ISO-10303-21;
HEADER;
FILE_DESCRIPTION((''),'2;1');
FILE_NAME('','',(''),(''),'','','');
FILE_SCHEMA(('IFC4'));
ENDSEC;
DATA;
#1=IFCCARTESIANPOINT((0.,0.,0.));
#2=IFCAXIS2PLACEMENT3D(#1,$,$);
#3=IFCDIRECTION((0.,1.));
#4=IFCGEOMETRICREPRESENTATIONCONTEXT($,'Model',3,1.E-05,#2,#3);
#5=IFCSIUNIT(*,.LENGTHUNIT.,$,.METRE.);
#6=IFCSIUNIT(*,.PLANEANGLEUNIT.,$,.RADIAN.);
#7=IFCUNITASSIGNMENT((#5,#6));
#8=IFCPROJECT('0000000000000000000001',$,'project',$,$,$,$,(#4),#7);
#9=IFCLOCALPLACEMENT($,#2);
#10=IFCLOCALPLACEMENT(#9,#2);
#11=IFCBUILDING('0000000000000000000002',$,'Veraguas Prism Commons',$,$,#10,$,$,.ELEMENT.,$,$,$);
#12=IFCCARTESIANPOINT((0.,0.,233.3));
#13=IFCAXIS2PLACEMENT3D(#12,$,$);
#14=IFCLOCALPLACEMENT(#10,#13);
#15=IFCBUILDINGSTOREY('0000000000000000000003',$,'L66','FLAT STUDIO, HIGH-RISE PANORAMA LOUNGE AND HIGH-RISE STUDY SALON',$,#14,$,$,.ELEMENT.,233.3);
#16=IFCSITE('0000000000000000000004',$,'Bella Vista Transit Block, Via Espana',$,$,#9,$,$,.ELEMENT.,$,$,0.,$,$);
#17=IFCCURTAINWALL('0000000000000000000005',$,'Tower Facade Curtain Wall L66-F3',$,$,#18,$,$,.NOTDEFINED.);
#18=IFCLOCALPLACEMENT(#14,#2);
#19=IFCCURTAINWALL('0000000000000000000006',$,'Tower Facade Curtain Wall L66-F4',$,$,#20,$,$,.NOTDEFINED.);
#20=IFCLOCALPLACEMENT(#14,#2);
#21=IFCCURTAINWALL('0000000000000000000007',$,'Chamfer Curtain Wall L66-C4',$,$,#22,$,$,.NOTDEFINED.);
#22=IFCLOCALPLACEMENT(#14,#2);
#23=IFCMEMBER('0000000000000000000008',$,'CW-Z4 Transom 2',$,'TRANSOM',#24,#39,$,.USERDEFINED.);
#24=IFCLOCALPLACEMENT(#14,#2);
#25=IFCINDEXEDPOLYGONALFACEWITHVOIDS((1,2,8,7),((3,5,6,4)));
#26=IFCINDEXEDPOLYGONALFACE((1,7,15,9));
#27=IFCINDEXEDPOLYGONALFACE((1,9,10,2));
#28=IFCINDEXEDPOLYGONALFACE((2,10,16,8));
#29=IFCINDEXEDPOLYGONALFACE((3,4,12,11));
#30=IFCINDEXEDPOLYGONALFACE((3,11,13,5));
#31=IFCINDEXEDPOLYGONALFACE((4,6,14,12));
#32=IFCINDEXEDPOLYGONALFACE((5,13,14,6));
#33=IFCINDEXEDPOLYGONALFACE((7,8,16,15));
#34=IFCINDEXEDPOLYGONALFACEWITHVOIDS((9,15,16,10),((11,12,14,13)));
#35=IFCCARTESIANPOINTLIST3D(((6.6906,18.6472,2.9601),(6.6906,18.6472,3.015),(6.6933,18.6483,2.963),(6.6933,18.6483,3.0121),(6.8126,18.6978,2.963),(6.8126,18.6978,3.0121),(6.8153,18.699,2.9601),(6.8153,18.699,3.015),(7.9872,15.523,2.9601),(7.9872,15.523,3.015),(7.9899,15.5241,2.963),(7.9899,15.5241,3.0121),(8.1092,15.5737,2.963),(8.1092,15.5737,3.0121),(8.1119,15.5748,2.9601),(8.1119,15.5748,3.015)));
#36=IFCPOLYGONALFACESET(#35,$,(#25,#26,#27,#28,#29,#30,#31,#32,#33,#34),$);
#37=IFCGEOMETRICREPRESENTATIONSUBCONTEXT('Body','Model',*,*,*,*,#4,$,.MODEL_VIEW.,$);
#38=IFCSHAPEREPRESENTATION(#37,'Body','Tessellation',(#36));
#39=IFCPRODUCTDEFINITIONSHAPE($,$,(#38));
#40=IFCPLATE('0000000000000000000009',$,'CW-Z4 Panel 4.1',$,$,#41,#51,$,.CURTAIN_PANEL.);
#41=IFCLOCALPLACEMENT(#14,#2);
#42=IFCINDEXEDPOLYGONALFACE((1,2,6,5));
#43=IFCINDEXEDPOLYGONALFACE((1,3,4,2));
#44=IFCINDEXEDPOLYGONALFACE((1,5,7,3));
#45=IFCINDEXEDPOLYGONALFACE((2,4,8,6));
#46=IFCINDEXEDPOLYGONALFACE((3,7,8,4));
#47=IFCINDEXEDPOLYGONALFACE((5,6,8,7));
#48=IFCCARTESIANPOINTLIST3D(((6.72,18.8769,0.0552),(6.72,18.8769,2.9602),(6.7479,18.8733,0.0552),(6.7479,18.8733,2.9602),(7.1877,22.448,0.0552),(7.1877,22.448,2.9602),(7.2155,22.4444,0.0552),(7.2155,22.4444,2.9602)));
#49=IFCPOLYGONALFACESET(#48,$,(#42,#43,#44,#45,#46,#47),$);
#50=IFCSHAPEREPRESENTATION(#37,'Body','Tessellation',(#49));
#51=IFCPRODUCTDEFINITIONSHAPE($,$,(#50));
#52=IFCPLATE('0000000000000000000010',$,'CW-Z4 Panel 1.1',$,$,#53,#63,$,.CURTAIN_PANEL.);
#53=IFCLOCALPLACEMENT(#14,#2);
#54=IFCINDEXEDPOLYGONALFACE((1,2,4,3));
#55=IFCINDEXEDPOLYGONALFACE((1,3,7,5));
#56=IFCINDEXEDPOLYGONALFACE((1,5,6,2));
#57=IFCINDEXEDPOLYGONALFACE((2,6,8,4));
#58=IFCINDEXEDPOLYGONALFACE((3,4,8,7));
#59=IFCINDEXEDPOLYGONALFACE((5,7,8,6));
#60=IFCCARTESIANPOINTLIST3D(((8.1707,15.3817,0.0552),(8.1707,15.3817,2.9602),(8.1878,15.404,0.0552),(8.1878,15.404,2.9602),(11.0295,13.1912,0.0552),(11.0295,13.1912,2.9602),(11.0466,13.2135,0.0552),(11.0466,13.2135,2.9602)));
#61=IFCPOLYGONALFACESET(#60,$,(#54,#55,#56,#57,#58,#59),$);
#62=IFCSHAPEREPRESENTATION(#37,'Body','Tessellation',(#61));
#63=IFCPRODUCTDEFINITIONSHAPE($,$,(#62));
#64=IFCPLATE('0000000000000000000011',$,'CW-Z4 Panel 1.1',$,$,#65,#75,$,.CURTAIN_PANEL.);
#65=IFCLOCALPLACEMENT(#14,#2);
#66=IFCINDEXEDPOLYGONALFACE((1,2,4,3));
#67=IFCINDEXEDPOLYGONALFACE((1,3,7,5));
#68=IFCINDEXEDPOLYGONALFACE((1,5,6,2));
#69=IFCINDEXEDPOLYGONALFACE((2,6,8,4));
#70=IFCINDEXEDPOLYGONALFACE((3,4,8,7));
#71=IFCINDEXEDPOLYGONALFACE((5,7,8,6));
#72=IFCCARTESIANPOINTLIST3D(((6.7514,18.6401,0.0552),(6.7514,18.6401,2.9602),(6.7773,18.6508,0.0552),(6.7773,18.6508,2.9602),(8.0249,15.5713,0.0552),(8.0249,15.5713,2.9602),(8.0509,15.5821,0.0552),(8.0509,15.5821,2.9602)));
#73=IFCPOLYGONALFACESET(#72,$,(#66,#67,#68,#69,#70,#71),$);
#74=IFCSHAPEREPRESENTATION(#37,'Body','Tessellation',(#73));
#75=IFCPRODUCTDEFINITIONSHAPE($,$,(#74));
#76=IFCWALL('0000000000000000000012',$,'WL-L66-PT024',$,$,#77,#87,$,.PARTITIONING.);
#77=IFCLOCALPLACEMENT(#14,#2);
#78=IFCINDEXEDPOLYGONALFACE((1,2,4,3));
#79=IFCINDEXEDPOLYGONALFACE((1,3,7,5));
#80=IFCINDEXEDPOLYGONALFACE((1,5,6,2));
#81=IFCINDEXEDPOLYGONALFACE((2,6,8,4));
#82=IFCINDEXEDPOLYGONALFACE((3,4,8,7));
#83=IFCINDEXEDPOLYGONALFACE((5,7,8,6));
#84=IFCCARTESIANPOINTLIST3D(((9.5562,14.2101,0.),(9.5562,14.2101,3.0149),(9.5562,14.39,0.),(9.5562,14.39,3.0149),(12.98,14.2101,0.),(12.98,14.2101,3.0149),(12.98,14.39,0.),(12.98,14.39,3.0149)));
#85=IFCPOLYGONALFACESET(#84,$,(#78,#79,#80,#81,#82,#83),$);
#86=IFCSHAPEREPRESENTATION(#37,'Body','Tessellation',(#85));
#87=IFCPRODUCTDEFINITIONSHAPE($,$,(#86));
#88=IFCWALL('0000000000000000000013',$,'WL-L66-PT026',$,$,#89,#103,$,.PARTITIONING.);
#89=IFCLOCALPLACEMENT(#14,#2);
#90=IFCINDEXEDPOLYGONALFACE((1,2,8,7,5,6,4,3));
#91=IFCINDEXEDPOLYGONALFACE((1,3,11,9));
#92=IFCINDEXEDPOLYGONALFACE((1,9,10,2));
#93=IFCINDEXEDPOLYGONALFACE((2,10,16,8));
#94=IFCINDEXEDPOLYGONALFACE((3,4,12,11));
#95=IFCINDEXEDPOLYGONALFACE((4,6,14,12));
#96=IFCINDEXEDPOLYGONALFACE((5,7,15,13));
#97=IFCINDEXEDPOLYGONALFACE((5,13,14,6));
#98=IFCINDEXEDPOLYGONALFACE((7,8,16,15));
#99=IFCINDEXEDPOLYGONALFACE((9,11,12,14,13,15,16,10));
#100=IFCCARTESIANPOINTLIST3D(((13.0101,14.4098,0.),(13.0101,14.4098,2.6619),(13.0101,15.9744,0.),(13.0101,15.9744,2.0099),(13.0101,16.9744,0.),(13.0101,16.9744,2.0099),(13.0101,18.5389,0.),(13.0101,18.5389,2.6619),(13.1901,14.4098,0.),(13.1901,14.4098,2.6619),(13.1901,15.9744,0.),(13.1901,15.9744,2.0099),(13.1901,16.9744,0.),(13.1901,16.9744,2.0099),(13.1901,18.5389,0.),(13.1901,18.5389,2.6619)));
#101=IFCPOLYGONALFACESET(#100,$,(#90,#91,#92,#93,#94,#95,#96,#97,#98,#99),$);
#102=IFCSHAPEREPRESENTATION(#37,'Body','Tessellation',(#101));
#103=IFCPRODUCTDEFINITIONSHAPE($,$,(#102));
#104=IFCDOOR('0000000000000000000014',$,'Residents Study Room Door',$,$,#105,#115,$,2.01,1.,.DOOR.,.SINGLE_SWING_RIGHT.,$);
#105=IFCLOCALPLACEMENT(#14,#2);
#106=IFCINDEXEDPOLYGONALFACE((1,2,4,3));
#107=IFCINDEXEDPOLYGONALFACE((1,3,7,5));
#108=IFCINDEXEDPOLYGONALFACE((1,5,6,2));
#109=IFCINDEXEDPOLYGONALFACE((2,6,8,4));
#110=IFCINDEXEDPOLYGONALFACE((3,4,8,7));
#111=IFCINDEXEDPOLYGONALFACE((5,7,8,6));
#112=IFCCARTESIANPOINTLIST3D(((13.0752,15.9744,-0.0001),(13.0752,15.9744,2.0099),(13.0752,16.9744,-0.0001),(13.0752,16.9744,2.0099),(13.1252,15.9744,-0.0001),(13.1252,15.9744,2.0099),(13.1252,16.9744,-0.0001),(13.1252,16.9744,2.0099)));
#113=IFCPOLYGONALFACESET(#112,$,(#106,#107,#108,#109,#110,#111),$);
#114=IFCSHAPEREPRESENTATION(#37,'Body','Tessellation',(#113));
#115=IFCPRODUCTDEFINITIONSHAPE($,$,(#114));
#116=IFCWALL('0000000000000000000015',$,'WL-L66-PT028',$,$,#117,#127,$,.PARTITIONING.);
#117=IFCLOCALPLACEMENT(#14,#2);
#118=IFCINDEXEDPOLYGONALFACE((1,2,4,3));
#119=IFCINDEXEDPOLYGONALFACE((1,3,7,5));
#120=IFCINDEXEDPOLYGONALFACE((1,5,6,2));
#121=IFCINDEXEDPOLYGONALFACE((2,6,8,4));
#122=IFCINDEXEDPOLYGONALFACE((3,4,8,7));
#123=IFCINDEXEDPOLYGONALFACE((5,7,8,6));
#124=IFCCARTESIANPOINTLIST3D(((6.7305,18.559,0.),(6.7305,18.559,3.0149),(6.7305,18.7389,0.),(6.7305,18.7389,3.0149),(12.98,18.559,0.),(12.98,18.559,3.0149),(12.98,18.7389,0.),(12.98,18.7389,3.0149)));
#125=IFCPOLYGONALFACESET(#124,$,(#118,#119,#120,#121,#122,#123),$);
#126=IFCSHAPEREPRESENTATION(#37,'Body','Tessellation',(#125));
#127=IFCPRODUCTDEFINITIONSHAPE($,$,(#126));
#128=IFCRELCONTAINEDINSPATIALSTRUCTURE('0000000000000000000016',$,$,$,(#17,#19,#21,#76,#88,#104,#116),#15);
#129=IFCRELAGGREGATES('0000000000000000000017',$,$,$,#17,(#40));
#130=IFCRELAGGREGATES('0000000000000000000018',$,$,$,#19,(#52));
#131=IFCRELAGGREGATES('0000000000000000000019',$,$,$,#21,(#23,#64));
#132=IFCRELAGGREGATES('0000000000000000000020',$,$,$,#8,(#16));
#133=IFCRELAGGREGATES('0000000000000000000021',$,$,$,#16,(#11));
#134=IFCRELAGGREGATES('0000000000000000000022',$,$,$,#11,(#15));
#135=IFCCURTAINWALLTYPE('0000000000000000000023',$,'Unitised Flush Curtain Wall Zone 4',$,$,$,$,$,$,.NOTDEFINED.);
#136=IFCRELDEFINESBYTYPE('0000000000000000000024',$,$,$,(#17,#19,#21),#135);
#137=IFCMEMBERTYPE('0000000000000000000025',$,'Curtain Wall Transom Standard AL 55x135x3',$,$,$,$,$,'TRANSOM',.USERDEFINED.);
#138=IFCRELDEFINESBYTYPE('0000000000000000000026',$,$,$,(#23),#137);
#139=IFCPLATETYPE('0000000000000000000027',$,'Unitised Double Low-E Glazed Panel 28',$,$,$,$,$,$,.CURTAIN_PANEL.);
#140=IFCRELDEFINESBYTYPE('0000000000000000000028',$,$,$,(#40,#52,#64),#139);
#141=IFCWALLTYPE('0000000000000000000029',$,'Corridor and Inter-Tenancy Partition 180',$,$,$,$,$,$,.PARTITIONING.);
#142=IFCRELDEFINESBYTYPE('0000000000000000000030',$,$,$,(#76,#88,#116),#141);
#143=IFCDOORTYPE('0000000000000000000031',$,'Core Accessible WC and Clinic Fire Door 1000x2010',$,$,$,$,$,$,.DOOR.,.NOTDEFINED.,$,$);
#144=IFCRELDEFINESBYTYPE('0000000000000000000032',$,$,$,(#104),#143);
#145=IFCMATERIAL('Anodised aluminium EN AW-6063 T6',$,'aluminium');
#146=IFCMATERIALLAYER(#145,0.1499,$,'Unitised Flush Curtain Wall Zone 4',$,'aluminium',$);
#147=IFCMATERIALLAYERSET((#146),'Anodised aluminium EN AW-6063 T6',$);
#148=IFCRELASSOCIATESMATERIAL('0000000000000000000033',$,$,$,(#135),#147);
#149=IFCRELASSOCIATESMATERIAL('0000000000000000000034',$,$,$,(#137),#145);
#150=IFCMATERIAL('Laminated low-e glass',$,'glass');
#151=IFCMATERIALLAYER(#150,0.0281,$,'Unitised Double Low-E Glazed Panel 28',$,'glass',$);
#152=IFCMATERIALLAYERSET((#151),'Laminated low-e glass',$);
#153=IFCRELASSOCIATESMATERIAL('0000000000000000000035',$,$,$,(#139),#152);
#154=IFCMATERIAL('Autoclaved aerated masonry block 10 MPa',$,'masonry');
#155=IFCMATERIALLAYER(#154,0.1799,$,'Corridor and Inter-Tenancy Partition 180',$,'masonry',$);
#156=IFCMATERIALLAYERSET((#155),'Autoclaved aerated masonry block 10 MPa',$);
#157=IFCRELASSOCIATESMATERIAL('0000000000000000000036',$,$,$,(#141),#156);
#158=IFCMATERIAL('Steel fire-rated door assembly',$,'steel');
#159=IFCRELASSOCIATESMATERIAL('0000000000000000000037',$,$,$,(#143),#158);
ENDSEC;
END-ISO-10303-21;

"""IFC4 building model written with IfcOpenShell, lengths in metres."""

from ifc_helpers import new_model, si_unit, direction, frame, frame_2d, origin, origin_2d, place, context, subcontext, project, spatial, rectangle, hollow_rectangle, extrude, source, transform, mapped, material, layer, layer_set, material_profile, profile_set, type_object, element, fill, aggregate, save


model = new_model("IFC4")

# Units and contexts
model_context = context("Model", 3, precision=1e-05, world=origin(), true_north=direction((0.0, 1.0)))
body_context = subcontext(model_context, "Body", "Model", "MODEL_VIEW")
ifc_project = project(units=[si_unit("LENGTHUNIT", "METRE"), si_unit("PLANEANGLEUNIT", "RADIAN")], contexts=[model_context])

# Site, building, storey
site_placement = place(None, origin())
site = spatial("IfcSite", under=ifc_project, at=site_placement, Name="Bella Vista Transit Block, Via Espana", CompositionType="ELEMENT", RefElevation=0.0)
building_placement = place(site_placement, origin())
building = spatial("IfcBuilding", under=site, at=building_placement, Name="Veraguas Prism Commons", CompositionType="ELEMENT")
storey_placement = place(building_placement, frame((0.0, 0.0, 233.3)))
storey = spatial("IfcBuildingStorey", under=building, at=storey_placement, Name="L66", Description="FLAT STUDIO, HIGH-RISE PANORAMA LOUNGE AND HIGH-RISE STUDY SALON", CompositionType="ELEMENT", Elevation=233.3)

# Curtain walls
ifc_material_1 = material(Name="Anodised aluminium EN AW-6063 T6", Category="aluminium")
ifc_layer_1 = layer(ifc_material_1, 0.1499, Name="Unitised Flush Curtain Wall Zone 4", Category="aluminium")
ifc_layer_set_1 = layer_set([ifc_layer_1], Name="Anodised aluminium EN AW-6063 T6")
curtain_wall_type = type_object("IfcCurtainWallType", Name="Unitised Flush Curtain Wall Zone 4", PredefinedType="NOTDEFINED", material=ifc_layer_set_1)
curtain_wall_1_placement = place(storey_placement, origin())
curtain_wall_1 = element("IfcCurtainWall", 1, at=curtain_wall_1_placement, inside=storey, type_object=curtain_wall_type, Name="Tower Facade Curtain Wall L66-F3", PredefinedType="NOTDEFINED")
curtain_wall_2_placement = place(storey_placement, origin())
curtain_wall_2 = element("IfcCurtainWall", 2, at=curtain_wall_2_placement, inside=storey, type_object=curtain_wall_type, Name="Tower Facade Curtain Wall L66-F4", PredefinedType="NOTDEFINED")

# Curtain wall
curtain_wall_3_placement = place(storey_placement, origin())
curtain_wall_3 = element("IfcCurtainWall", 3, at=curtain_wall_3_placement, inside=storey, type_object=curtain_wall_type, Name="Chamfer Curtain Wall L66-C4", PredefinedType="NOTDEFINED")

# Member
ifc_material_profile_1 = material_profile(ifc_material_1, hollow_rectangle(XDim=0.0549, YDim=0.135, WallThickness=0.0029, at=origin_2d()), Name="AL55X135X3")
ifc_profile_set_1 = profile_set([ifc_material_profile_1], Name="Anodised aluminium EN AW-6063 T6")
member_type_1 = type_object("IfcMemberType", Name="Curtain Wall Transom Standard AL 55x135x3", ElementType="TRANSOM", PredefinedType="USERDEFINED", material=ifc_profile_set_1)
shared_shape_1 = source(origin(), body_context, "Body", "SweptSolid", [
    extrude(hollow_rectangle(XDim=0.0549, YDim=0.135, WallThickness=0.0029, at=origin_2d()), origin(), (0.0, 0.0, 1.0), 3.3826),
])
member_1_placement = place(storey_placement, frame((6.7529, 18.6731, 2.9875), z_axis=(0.383318, -0.923616, 0.0), x_axis=(0.0, 0.0, 1.0)))
member_1 = element("IfcMember", 4, at=member_1_placement, type_object=member_type_1, Name="CW-Z4 Transom 2", ObjectType="TRANSOM", PredefinedType="USERDEFINED", context=body_context, shape_type="MappedRepresentation", body=[
    mapped(shared_shape_1, transform((0.0, 0.0, 0.0), scale=1.0)),
])

# Plates
ifc_material_2 = material(Name="Laminated low-e glass", Category="glass")
ifc_layer_2 = layer(ifc_material_2, 0.0281, Name="Unitised Double Low-E Glazed Panel 28", Category="glass")
ifc_layer_set_2 = layer_set([ifc_layer_2], Name="Laminated low-e glass")
plate_type = type_object("IfcPlateType", Name="Unitised Double Low-E Glazed Panel 28", PredefinedType="CURTAIN_PANEL", material=ifc_layer_set_2)
shared_shape_2 = source(origin(), body_context, "Body", "SweptSolid", [
    extrude(rectangle(XDim=3.6016, YDim=0.0281, at=origin_2d()), origin(), (0.0, 0.0, 1.0), 2.905),
])
plate_1_placement = place(storey_placement, frame((6.9678, 20.6606, 0.0552), z_axis=(0.0, 0.0, 1.0), x_axis=(-0.129836, -0.991536, 0.0)))
plate_1 = element("IfcPlate", 5, at=plate_1_placement, type_object=plate_type, Name="CW-Z4 Panel 4.1", PredefinedType="CURTAIN_PANEL", context=body_context, shape_type="MappedRepresentation", body=[
    mapped(shared_shape_2, transform((0.0, 0.0, 0.0), scale=1.0)),
])
aggregate(curtain_wall_1, [plate_1])
plate_2_placement = place(storey_placement, frame((9.6086, 14.2976, 0.0552), z_axis=(0.0, 0.0, 1.0), x_axis=(0.79378, -0.608205, 0.0)))
plate_2 = element("IfcPlate", 6, at=plate_2_placement, type_object=plate_type, Name="CW-Z4 Panel 1.1", PredefinedType="CURTAIN_PANEL", context=body_context, shape_type="MappedRepresentation", body=[
    mapped(shared_shape_2, transform((0.0, 0.0, 0.0), scale=1.0)),
])
aggregate(curtain_wall_2, [plate_2])
shared_shape_3 = source(origin(), body_context, "Body", "SweptSolid", [
    extrude(rectangle(XDim=3.3225, YDim=0.0281, at=origin_2d()), origin(), (0.0, 0.0, 1.0), 2.905),
])
plate_3_placement = place(storey_placement, frame((7.4011, 17.1111, 0.0552), z_axis=(0.0, 0.0, 1.0), x_axis=(0.38332, -0.923615, 0.0)))
plate_3 = element("IfcPlate", 7, at=plate_3_placement, type_object=plate_type, Name="CW-Z4 Panel 1.1", PredefinedType="CURTAIN_PANEL", context=body_context, shape_type="MappedRepresentation", body=[
    mapped(shared_shape_3, transform((0.0, 0.0, 0.0), scale=1.0)),
])
aggregate(curtain_wall_3, [member_1, plate_3])

# Wall
ifc_material_3 = material(Name="Autoclaved aerated masonry block 10 MPa", Category="masonry")
ifc_layer_3 = layer(ifc_material_3, 0.1799, Name="Corridor and Inter-Tenancy Partition 180", Category="masonry")
ifc_layer_set_3 = layer_set([ifc_layer_3], Name="Autoclaved aerated masonry block 10 MPa")
wall_type = type_object("IfcWallType", Name="Corridor and Inter-Tenancy Partition 180", PredefinedType="PARTITIONING", material=ifc_layer_set_3)
wall_1_placement = place(storey_placement, frame((12.98, 14.3, 0.0), z_axis=(0.0, 0.0, 1.0), x_axis=(-1.0, 0.0, 0.0)))
element("IfcWall", 8, at=wall_1_placement, inside=storey, type_object=wall_type, Name="WL-L66-PT024", PredefinedType="PARTITIONING", context=body_context, shape_type="SweptSolid", body=[
    extrude(rectangle(XDim=3.4238, YDim=0.1799, at=frame_2d((1.7119, 0.0))), origin(), (0.0, 0.0, 1.0), 3.0149),
])

# Wall, opening, door
wall_2_placement = place(storey_placement, frame((13.1001, 14.4099, 0.0), z_axis=(0.0, 0.0, 1.0), x_axis=(0.0, 1.0, 0.0)))
wall_2 = element("IfcWall", 9, at=wall_2_placement, inside=storey, type_object=wall_type, Name="WL-L66-PT026", PredefinedType="PARTITIONING", context=body_context, shape_type="SweptSolid", body=[
    extrude(rectangle(XDim=4.1292, YDim=0.1799, at=frame_2d((2.0645, 0.0))), origin(), (0.0, 0.0, 1.0), 2.6619),
])
opening_placement = place(wall_2_placement, frame((1.5645, 0.0, 0.0)))
opening = element("IfcOpeningElement", 10, at=opening_placement, cuts=wall_2, PredefinedType="OPENING", context=body_context, shape_type="SweptSolid", body=[
    extrude(rectangle(XDim=1.0, YDim=2.01, at=frame_2d((0.5, 1.0049))), frame((0.0, 0.0999, 0.0), z_axis=(0.0, -1.0, 0.0), x_axis=(1.0, 0.0, 0.0)), (0.0, 0.0, 1.0), 0.2),
])
ifc_material_4 = material(Name="Steel fire-rated door assembly", Category="steel")
door_type = type_object("IfcDoorType", Name="Core Accessible WC and Clinic Fire Door 1000x2010", OperationType="NOTDEFINED", PredefinedType="DOOR", material=ifc_material_4)
shared_shape_4 = source(origin(), body_context, "Body", "SweptSolid", [
    extrude(rectangle(XDim=1.0, YDim=2.01, at=frame_2d((0.5, 1.0049))), frame((0.0, 0.0249, 0.0), z_axis=(0.0, -1.0, 0.0), x_axis=(1.0, 0.0, 0.0)), (0.0, 0.0, 1.0), 0.05),
])
door_placement = place(opening_placement, origin())
door = element("IfcDoor", 11, at=door_placement, inside=storey, type_object=door_type, Name="Residents Study Room Door", OperationType="SINGLE_SWING_RIGHT", OverallHeight=2.01, OverallWidth=1.0, PredefinedType="DOOR", context=body_context, shape_type="MappedRepresentation", body=[
    mapped(shared_shape_4, transform((0.0, 0.0, 0.0), scale=1.0)),
])
fill(opening, door)

# Wall
wall_3_placement = place(storey_placement, frame((12.98, 18.6489, 0.0), z_axis=(0.0, 0.0, 1.0), x_axis=(-1.0, 0.0, 0.0)))
element("IfcWall", 12, at=wall_3_placement, inside=storey, type_object=wall_type, Name="WL-L66-PT028", PredefinedType="PARTITIONING", context=body_context, shape_type="SweptSolid", body=[
    extrude(rectangle(XDim=6.2495, YDim=0.1799, at=frame_2d((3.1248, 0.0))), origin(), (0.0, 0.0, 1.0), 3.0149),
])

save(model, "model.ifc")
